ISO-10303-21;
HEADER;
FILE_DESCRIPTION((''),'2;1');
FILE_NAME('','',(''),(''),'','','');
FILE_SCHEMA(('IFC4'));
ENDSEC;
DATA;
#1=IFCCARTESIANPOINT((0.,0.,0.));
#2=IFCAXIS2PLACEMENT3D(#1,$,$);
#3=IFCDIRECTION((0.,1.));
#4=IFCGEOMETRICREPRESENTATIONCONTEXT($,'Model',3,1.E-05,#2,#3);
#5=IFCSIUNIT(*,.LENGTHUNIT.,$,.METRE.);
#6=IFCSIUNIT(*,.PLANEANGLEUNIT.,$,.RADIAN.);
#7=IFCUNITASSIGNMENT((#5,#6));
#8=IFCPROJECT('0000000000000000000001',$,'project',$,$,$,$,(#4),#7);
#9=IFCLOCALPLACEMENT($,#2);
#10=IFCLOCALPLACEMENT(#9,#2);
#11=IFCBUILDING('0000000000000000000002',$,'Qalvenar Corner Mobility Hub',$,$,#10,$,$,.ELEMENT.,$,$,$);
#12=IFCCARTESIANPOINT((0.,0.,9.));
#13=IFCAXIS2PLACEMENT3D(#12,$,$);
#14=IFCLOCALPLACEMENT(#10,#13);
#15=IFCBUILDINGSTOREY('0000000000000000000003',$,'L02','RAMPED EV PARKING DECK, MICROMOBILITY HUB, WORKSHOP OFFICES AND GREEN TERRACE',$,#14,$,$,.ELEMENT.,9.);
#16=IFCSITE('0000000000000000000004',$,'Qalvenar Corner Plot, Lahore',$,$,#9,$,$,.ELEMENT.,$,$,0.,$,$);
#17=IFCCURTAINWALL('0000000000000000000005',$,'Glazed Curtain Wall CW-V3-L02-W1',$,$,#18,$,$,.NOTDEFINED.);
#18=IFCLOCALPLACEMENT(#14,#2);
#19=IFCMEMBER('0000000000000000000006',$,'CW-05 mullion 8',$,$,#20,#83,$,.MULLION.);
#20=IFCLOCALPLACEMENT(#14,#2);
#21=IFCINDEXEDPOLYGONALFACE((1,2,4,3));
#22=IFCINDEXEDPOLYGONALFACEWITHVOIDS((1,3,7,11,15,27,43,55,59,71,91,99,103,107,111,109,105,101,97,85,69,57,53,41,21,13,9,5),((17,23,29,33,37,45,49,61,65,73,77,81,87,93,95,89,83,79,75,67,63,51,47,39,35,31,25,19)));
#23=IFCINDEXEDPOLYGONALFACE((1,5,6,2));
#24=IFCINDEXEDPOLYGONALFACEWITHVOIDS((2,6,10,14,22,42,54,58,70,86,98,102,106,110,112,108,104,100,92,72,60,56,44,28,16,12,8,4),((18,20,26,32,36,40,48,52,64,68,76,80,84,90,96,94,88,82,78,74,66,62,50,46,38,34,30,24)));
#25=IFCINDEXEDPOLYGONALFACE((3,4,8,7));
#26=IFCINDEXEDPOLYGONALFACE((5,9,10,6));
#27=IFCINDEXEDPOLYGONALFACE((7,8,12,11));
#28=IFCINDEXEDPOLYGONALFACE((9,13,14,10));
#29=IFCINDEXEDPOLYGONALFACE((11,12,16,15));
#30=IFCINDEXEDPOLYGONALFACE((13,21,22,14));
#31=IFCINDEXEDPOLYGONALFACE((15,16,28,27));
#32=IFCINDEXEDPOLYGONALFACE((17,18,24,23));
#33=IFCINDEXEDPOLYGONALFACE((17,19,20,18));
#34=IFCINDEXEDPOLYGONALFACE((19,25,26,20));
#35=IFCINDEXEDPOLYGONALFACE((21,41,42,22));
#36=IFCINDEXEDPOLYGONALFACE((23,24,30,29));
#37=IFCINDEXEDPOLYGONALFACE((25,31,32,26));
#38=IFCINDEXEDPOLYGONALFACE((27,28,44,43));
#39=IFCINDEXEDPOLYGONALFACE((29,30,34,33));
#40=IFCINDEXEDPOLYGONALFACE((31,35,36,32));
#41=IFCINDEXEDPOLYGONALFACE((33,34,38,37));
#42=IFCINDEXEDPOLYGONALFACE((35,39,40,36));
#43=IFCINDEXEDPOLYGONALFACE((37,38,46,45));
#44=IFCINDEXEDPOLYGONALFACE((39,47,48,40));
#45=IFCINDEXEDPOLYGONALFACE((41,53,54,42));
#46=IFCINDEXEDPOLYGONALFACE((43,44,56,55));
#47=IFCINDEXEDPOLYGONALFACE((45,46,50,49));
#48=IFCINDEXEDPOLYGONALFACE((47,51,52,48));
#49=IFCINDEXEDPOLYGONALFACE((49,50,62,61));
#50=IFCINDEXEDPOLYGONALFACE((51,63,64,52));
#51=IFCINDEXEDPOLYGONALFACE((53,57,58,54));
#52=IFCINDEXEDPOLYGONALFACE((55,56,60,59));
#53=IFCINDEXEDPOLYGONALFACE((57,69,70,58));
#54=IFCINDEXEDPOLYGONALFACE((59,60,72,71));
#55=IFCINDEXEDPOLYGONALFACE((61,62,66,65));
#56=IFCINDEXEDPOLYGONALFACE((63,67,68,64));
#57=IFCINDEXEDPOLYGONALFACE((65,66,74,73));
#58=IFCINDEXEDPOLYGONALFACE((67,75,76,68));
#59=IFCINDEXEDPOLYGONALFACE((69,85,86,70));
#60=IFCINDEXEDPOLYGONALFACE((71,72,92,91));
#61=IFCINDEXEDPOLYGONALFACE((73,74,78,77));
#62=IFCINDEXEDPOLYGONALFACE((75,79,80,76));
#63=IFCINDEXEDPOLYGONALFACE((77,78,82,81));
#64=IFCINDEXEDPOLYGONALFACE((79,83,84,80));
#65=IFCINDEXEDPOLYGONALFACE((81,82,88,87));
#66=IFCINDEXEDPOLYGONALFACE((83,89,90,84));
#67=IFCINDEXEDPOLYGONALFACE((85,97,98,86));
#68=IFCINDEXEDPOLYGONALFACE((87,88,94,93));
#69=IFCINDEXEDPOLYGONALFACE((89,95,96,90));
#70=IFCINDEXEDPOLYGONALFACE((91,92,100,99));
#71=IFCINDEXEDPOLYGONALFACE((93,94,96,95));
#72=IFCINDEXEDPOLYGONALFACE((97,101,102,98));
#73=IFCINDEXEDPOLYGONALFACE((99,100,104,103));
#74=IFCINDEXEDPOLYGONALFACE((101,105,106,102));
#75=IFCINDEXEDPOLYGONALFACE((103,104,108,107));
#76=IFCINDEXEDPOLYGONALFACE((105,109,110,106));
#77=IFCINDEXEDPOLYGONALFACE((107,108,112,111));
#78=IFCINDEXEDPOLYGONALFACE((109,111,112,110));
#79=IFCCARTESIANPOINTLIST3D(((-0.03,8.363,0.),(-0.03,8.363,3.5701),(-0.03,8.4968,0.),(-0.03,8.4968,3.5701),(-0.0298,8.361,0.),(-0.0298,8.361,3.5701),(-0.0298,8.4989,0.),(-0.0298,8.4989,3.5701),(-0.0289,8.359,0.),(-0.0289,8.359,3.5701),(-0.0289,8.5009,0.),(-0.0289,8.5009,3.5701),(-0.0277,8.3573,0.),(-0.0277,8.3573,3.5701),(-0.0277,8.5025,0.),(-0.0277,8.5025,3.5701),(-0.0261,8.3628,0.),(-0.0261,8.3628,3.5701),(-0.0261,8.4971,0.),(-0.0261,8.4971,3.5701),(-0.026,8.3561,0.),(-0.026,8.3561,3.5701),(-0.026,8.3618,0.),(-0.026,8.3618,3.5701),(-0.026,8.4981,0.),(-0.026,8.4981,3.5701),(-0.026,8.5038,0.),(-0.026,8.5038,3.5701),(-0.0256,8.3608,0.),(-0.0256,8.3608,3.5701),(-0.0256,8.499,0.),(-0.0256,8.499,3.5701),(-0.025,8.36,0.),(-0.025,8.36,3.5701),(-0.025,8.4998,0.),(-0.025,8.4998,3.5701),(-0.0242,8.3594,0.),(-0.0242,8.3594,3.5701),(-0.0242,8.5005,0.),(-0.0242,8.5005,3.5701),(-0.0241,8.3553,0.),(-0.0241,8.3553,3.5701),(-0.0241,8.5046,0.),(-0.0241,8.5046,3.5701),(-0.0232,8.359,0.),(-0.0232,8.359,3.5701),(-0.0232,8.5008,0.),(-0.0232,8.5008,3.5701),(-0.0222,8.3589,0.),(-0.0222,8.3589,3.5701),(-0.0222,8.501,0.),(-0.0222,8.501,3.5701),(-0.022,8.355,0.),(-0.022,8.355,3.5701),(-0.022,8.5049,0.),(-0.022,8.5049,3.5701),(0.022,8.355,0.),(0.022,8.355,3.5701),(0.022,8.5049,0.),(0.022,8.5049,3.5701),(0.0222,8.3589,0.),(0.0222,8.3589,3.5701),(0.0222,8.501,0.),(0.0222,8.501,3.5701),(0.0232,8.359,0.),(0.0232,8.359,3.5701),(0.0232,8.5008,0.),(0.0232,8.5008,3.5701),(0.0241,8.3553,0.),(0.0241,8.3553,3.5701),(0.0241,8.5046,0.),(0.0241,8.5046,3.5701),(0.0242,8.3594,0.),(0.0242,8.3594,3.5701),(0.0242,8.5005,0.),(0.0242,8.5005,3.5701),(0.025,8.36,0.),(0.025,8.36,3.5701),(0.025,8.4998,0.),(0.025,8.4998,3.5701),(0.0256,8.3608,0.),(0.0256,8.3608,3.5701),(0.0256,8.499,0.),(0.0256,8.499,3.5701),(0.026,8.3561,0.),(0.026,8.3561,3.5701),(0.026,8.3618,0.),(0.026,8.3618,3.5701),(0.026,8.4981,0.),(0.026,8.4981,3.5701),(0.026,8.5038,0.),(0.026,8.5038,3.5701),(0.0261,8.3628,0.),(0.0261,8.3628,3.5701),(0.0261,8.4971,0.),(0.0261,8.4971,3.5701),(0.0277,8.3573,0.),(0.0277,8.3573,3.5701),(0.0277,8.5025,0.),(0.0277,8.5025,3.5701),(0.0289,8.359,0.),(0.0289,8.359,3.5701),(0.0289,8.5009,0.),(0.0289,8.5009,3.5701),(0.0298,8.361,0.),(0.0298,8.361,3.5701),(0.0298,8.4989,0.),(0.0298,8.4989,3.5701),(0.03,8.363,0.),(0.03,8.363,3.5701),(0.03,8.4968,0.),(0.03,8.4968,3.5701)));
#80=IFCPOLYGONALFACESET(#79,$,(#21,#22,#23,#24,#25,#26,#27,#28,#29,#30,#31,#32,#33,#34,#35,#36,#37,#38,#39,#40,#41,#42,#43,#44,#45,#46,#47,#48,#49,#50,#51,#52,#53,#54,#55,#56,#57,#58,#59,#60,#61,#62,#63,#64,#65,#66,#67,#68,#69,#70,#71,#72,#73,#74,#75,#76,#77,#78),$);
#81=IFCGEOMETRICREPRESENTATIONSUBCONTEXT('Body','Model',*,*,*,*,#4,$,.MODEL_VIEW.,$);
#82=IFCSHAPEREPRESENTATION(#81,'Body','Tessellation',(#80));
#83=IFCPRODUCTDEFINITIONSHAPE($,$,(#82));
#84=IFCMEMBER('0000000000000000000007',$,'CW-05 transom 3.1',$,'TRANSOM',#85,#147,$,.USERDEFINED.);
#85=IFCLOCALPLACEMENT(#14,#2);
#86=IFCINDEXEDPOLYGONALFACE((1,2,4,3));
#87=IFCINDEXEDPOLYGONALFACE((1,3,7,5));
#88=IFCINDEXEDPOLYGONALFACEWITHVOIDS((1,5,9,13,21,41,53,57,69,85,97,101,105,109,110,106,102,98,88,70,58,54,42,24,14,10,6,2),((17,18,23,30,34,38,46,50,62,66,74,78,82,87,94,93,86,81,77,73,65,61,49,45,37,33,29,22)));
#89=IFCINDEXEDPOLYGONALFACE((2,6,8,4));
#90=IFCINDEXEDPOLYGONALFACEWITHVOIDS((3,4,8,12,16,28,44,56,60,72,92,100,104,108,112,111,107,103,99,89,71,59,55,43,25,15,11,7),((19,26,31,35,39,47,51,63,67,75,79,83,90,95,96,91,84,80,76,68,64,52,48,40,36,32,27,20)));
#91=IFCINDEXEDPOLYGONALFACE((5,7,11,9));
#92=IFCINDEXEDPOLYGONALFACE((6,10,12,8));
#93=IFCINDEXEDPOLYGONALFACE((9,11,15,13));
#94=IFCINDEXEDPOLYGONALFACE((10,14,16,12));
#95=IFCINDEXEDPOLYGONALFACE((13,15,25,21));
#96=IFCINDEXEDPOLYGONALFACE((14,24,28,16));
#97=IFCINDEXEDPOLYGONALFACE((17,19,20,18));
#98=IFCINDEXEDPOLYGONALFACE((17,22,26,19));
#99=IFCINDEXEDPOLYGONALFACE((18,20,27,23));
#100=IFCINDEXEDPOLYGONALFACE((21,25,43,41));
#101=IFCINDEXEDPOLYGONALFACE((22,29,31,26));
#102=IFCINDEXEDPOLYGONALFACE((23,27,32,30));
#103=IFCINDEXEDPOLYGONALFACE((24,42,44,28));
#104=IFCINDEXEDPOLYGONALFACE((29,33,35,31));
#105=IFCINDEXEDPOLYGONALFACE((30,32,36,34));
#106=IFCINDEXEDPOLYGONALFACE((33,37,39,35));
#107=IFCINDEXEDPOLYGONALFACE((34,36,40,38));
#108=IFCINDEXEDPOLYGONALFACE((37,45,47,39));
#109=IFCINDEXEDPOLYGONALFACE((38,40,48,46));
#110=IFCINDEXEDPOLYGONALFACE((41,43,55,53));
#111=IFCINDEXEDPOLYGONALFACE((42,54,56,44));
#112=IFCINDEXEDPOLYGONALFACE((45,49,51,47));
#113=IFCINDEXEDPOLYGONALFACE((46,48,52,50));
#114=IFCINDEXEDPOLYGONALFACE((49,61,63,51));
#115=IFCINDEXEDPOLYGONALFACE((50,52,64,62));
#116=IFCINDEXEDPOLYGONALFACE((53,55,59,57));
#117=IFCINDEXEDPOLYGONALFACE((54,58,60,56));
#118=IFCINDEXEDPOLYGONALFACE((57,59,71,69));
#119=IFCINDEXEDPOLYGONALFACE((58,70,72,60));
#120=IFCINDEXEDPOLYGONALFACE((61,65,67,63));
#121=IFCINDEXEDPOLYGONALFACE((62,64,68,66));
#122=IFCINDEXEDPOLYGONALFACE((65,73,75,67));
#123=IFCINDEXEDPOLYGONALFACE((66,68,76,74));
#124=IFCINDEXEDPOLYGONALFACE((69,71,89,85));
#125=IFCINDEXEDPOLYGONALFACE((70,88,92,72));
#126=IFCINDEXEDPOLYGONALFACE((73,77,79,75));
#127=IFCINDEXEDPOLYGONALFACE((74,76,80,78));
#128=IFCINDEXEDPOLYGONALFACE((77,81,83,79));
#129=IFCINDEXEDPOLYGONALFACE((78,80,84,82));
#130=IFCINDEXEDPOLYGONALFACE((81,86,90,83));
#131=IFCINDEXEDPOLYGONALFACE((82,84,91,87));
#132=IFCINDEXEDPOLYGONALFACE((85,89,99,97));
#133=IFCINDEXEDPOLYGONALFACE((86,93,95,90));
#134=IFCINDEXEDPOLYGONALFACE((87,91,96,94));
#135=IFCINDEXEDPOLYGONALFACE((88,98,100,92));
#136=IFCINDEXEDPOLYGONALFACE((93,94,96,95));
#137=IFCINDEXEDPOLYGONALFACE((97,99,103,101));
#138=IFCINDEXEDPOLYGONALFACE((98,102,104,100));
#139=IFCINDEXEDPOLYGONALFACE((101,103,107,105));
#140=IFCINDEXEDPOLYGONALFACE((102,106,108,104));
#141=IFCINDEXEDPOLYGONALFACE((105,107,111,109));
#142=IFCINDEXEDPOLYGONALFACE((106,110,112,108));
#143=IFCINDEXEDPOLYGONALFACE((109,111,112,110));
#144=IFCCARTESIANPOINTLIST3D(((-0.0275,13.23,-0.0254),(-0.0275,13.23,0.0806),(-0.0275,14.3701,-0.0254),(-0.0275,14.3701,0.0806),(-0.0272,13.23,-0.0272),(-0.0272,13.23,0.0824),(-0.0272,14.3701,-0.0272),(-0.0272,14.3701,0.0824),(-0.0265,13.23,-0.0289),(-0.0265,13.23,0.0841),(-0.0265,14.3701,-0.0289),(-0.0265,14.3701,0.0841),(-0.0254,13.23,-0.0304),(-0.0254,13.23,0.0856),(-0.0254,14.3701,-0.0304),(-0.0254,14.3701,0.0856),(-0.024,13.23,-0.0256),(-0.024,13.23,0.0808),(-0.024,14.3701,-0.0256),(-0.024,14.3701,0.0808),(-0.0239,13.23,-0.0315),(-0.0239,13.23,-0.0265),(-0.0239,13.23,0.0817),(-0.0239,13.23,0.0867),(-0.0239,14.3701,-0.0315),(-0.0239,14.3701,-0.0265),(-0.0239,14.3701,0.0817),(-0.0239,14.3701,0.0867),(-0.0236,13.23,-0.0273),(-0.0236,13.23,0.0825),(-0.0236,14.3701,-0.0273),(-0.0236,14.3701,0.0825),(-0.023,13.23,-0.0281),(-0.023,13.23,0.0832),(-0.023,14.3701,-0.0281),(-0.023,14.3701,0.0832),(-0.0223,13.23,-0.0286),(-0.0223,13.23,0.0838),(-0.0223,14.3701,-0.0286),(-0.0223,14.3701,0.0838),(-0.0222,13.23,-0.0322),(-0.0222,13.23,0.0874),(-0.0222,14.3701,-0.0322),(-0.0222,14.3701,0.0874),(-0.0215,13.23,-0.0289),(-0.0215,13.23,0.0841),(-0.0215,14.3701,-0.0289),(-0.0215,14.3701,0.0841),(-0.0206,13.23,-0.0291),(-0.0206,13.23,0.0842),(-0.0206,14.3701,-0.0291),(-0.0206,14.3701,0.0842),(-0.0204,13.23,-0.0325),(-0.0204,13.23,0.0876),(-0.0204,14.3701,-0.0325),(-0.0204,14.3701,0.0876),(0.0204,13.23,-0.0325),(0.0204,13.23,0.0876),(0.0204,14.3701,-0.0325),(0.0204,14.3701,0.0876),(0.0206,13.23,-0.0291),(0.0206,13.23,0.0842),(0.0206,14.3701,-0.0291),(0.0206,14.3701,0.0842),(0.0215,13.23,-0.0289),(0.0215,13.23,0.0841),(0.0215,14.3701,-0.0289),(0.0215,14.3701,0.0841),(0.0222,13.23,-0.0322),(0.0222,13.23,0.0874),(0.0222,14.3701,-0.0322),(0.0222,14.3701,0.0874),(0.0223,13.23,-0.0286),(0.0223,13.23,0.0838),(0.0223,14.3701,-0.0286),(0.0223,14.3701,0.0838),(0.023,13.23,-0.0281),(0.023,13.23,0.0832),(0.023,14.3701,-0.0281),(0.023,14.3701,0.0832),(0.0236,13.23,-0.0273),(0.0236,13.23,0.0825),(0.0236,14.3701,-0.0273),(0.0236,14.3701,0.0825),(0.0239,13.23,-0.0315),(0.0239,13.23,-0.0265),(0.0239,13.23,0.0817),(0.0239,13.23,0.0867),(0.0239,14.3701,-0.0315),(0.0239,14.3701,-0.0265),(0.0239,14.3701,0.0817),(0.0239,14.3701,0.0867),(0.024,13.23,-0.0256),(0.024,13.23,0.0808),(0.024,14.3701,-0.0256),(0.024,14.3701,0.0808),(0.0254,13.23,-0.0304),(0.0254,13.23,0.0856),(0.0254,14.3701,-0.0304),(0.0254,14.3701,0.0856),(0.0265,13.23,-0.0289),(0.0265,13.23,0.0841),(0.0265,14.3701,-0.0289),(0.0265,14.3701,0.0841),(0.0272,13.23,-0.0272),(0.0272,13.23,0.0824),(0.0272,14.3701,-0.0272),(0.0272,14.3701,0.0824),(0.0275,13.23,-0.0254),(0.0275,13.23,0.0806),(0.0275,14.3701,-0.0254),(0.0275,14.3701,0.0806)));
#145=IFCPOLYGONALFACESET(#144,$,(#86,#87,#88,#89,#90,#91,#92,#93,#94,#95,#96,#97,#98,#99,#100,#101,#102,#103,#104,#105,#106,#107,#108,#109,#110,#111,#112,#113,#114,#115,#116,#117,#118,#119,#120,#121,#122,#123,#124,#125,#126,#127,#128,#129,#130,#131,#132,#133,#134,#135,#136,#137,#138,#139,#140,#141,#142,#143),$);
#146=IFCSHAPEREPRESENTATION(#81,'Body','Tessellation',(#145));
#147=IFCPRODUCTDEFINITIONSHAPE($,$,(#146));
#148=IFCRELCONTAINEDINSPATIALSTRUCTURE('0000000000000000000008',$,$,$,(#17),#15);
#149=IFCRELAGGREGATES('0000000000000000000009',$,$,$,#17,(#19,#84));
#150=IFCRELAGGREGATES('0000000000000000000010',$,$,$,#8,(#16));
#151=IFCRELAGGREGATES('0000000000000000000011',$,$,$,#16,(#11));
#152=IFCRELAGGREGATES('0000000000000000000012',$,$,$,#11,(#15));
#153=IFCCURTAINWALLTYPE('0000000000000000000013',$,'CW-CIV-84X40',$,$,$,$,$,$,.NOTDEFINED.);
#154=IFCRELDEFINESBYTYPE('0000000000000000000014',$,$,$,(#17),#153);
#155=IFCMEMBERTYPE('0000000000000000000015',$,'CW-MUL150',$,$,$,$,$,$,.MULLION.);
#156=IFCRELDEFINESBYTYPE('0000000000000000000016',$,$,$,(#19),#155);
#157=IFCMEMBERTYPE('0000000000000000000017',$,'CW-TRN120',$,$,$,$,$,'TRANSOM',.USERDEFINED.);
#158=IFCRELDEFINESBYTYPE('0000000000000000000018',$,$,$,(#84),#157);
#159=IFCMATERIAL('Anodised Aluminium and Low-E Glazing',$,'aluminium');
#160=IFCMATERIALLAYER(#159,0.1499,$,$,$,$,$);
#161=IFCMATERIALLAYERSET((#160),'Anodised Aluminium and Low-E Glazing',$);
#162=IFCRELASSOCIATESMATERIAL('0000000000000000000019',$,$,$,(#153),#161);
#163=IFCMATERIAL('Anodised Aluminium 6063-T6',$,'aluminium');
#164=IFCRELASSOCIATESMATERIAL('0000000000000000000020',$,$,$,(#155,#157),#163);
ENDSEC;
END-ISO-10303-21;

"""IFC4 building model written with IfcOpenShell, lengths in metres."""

from ifc_helpers import new_model, si_unit, direction, frame, origin, origin_2d, place, context, subcontext, project, spatial, hollow_rectangle, extrude, material, layer, layer_set, material_profile, profile_set, type_object, element, aggregate, save


model = new_model("IFC4")

# Units and contexts
model_context = context("Model", 3, precision=1e-05, world=origin(), true_north=direction((0.0, 1.0)))
body_context = subcontext(model_context, "Body", "Model", "MODEL_VIEW")
ifc_project = project(units=[si_unit("LENGTHUNIT", "METRE"), si_unit("PLANEANGLEUNIT", "RADIAN")], contexts=[model_context])

# Site, building, storey
site_placement = place(None, origin())
site = spatial("IfcSite", under=ifc_project, at=site_placement, Name="Qalvenar Corner Plot, Lahore", CompositionType="ELEMENT", RefElevation=0.0)
building_placement = place(site_placement, origin())
building = spatial("IfcBuilding", under=site, at=building_placement, Name="Qalvenar Corner Mobility Hub", CompositionType="ELEMENT")
storey_placement = place(building_placement, frame((0.0, 0.0, 9.0)))
storey = spatial("IfcBuildingStorey", under=building, at=storey_placement, Name="L02", Description="RAMPED EV PARKING DECK, MICROMOBILITY HUB, WORKSHOP OFFICES AND GREEN TERRACE", CompositionType="ELEMENT", Elevation=9.0)

# Curtain wall, members
ifc_material_1 = material(Name="Anodised Aluminium and Low-E Glazing", Category="aluminium")
ifc_layer_1 = layer(ifc_material_1, 0.1499)
ifc_layer_set_1 = layer_set([ifc_layer_1], Name="Anodised Aluminium and Low-E Glazing")
curtain_wall_type = type_object("IfcCurtainWallType", Name="CW-CIV-84X40", PredefinedType="NOTDEFINED", material=ifc_layer_set_1)
curtain_wall_placement = place(storey_placement, origin())
curtain_wall = element("IfcCurtainWall", 1, at=curtain_wall_placement, inside=storey, type_object=curtain_wall_type, Name="Glazed Curtain Wall CW-V3-L02-W1", PredefinedType="NOTDEFINED")
ifc_material_2 = material(Name="Anodised Aluminium 6063-T6", Category="aluminium")
ifc_material_profile_1 = material_profile(ifc_material_2, hollow_rectangle(XDim=0.0601, YDim=0.1499, WallThickness=0.0039, InnerFilletRadius=0.0039, OuterFilletRadius=0.0081, at=origin_2d()), Name="RHS150x60x4")
ifc_profile_set_1 = profile_set([ifc_material_profile_1], Name="Anodised Aluminium 6063-T6")
member_type_1 = type_object("IfcMemberType", Name="CW-MUL150", PredefinedType="MULLION", material=ifc_profile_set_1)
member_1_placement = place(storey_placement, frame((0.0, 8.4299, 0.0), z_axis=(0.0, 0.0, 1.0), x_axis=(1.0, 0.0, 0.0)))
member_1 = element("IfcMember", 2, at=member_1_placement, type_object=member_type_1, Name="CW-05 mullion 8", PredefinedType="MULLION", context=body_context, shape_type="SweptSolid", body=[
    extrude(hollow_rectangle(XDim=0.0601, YDim=0.1499, WallThickness=0.0039, InnerFilletRadius=0.0039, OuterFilletRadius=0.0081, at=origin_2d()), origin(), (0.0, 0.0, 1.0), 3.5701),
])
ifc_material_profile_2 = material_profile(ifc_material_2, hollow_rectangle(XDim=0.0549, YDim=0.1201, WallThickness=0.0034, InnerFilletRadius=0.0034, OuterFilletRadius=0.0071, at=origin_2d()), Name="RHS120x55x3.5")
ifc_profile_set_2 = profile_set([ifc_material_profile_2], Name="Anodised Aluminium 6063-T6")
member_type_2 = type_object("IfcMemberType", Name="CW-TRN120", ElementType="TRANSOM", PredefinedType="USERDEFINED", material=ifc_profile_set_2)
member_2_placement = place(storey_placement, frame((0.0, 14.3701, 0.0276), z_axis=(0.0, -1.0, 0.0), x_axis=(1.0, 0.0, 0.0)))
member_2 = element("IfcMember", 3, at=member_2_placement, type_object=member_type_2, Name="CW-05 transom 3.1", ObjectType="TRANSOM", PredefinedType="USERDEFINED", context=body_context, shape_type="SweptSolid", body=[
    extrude(hollow_rectangle(XDim=0.0549, YDim=0.1201, WallThickness=0.0034, InnerFilletRadius=0.0034, OuterFilletRadius=0.0071, at=origin_2d()), origin(), (0.0, 0.0, 1.0), 1.1401),
])
aggregate(curtain_wall, [member_1, member_2])

save(model, "model.ifc")
